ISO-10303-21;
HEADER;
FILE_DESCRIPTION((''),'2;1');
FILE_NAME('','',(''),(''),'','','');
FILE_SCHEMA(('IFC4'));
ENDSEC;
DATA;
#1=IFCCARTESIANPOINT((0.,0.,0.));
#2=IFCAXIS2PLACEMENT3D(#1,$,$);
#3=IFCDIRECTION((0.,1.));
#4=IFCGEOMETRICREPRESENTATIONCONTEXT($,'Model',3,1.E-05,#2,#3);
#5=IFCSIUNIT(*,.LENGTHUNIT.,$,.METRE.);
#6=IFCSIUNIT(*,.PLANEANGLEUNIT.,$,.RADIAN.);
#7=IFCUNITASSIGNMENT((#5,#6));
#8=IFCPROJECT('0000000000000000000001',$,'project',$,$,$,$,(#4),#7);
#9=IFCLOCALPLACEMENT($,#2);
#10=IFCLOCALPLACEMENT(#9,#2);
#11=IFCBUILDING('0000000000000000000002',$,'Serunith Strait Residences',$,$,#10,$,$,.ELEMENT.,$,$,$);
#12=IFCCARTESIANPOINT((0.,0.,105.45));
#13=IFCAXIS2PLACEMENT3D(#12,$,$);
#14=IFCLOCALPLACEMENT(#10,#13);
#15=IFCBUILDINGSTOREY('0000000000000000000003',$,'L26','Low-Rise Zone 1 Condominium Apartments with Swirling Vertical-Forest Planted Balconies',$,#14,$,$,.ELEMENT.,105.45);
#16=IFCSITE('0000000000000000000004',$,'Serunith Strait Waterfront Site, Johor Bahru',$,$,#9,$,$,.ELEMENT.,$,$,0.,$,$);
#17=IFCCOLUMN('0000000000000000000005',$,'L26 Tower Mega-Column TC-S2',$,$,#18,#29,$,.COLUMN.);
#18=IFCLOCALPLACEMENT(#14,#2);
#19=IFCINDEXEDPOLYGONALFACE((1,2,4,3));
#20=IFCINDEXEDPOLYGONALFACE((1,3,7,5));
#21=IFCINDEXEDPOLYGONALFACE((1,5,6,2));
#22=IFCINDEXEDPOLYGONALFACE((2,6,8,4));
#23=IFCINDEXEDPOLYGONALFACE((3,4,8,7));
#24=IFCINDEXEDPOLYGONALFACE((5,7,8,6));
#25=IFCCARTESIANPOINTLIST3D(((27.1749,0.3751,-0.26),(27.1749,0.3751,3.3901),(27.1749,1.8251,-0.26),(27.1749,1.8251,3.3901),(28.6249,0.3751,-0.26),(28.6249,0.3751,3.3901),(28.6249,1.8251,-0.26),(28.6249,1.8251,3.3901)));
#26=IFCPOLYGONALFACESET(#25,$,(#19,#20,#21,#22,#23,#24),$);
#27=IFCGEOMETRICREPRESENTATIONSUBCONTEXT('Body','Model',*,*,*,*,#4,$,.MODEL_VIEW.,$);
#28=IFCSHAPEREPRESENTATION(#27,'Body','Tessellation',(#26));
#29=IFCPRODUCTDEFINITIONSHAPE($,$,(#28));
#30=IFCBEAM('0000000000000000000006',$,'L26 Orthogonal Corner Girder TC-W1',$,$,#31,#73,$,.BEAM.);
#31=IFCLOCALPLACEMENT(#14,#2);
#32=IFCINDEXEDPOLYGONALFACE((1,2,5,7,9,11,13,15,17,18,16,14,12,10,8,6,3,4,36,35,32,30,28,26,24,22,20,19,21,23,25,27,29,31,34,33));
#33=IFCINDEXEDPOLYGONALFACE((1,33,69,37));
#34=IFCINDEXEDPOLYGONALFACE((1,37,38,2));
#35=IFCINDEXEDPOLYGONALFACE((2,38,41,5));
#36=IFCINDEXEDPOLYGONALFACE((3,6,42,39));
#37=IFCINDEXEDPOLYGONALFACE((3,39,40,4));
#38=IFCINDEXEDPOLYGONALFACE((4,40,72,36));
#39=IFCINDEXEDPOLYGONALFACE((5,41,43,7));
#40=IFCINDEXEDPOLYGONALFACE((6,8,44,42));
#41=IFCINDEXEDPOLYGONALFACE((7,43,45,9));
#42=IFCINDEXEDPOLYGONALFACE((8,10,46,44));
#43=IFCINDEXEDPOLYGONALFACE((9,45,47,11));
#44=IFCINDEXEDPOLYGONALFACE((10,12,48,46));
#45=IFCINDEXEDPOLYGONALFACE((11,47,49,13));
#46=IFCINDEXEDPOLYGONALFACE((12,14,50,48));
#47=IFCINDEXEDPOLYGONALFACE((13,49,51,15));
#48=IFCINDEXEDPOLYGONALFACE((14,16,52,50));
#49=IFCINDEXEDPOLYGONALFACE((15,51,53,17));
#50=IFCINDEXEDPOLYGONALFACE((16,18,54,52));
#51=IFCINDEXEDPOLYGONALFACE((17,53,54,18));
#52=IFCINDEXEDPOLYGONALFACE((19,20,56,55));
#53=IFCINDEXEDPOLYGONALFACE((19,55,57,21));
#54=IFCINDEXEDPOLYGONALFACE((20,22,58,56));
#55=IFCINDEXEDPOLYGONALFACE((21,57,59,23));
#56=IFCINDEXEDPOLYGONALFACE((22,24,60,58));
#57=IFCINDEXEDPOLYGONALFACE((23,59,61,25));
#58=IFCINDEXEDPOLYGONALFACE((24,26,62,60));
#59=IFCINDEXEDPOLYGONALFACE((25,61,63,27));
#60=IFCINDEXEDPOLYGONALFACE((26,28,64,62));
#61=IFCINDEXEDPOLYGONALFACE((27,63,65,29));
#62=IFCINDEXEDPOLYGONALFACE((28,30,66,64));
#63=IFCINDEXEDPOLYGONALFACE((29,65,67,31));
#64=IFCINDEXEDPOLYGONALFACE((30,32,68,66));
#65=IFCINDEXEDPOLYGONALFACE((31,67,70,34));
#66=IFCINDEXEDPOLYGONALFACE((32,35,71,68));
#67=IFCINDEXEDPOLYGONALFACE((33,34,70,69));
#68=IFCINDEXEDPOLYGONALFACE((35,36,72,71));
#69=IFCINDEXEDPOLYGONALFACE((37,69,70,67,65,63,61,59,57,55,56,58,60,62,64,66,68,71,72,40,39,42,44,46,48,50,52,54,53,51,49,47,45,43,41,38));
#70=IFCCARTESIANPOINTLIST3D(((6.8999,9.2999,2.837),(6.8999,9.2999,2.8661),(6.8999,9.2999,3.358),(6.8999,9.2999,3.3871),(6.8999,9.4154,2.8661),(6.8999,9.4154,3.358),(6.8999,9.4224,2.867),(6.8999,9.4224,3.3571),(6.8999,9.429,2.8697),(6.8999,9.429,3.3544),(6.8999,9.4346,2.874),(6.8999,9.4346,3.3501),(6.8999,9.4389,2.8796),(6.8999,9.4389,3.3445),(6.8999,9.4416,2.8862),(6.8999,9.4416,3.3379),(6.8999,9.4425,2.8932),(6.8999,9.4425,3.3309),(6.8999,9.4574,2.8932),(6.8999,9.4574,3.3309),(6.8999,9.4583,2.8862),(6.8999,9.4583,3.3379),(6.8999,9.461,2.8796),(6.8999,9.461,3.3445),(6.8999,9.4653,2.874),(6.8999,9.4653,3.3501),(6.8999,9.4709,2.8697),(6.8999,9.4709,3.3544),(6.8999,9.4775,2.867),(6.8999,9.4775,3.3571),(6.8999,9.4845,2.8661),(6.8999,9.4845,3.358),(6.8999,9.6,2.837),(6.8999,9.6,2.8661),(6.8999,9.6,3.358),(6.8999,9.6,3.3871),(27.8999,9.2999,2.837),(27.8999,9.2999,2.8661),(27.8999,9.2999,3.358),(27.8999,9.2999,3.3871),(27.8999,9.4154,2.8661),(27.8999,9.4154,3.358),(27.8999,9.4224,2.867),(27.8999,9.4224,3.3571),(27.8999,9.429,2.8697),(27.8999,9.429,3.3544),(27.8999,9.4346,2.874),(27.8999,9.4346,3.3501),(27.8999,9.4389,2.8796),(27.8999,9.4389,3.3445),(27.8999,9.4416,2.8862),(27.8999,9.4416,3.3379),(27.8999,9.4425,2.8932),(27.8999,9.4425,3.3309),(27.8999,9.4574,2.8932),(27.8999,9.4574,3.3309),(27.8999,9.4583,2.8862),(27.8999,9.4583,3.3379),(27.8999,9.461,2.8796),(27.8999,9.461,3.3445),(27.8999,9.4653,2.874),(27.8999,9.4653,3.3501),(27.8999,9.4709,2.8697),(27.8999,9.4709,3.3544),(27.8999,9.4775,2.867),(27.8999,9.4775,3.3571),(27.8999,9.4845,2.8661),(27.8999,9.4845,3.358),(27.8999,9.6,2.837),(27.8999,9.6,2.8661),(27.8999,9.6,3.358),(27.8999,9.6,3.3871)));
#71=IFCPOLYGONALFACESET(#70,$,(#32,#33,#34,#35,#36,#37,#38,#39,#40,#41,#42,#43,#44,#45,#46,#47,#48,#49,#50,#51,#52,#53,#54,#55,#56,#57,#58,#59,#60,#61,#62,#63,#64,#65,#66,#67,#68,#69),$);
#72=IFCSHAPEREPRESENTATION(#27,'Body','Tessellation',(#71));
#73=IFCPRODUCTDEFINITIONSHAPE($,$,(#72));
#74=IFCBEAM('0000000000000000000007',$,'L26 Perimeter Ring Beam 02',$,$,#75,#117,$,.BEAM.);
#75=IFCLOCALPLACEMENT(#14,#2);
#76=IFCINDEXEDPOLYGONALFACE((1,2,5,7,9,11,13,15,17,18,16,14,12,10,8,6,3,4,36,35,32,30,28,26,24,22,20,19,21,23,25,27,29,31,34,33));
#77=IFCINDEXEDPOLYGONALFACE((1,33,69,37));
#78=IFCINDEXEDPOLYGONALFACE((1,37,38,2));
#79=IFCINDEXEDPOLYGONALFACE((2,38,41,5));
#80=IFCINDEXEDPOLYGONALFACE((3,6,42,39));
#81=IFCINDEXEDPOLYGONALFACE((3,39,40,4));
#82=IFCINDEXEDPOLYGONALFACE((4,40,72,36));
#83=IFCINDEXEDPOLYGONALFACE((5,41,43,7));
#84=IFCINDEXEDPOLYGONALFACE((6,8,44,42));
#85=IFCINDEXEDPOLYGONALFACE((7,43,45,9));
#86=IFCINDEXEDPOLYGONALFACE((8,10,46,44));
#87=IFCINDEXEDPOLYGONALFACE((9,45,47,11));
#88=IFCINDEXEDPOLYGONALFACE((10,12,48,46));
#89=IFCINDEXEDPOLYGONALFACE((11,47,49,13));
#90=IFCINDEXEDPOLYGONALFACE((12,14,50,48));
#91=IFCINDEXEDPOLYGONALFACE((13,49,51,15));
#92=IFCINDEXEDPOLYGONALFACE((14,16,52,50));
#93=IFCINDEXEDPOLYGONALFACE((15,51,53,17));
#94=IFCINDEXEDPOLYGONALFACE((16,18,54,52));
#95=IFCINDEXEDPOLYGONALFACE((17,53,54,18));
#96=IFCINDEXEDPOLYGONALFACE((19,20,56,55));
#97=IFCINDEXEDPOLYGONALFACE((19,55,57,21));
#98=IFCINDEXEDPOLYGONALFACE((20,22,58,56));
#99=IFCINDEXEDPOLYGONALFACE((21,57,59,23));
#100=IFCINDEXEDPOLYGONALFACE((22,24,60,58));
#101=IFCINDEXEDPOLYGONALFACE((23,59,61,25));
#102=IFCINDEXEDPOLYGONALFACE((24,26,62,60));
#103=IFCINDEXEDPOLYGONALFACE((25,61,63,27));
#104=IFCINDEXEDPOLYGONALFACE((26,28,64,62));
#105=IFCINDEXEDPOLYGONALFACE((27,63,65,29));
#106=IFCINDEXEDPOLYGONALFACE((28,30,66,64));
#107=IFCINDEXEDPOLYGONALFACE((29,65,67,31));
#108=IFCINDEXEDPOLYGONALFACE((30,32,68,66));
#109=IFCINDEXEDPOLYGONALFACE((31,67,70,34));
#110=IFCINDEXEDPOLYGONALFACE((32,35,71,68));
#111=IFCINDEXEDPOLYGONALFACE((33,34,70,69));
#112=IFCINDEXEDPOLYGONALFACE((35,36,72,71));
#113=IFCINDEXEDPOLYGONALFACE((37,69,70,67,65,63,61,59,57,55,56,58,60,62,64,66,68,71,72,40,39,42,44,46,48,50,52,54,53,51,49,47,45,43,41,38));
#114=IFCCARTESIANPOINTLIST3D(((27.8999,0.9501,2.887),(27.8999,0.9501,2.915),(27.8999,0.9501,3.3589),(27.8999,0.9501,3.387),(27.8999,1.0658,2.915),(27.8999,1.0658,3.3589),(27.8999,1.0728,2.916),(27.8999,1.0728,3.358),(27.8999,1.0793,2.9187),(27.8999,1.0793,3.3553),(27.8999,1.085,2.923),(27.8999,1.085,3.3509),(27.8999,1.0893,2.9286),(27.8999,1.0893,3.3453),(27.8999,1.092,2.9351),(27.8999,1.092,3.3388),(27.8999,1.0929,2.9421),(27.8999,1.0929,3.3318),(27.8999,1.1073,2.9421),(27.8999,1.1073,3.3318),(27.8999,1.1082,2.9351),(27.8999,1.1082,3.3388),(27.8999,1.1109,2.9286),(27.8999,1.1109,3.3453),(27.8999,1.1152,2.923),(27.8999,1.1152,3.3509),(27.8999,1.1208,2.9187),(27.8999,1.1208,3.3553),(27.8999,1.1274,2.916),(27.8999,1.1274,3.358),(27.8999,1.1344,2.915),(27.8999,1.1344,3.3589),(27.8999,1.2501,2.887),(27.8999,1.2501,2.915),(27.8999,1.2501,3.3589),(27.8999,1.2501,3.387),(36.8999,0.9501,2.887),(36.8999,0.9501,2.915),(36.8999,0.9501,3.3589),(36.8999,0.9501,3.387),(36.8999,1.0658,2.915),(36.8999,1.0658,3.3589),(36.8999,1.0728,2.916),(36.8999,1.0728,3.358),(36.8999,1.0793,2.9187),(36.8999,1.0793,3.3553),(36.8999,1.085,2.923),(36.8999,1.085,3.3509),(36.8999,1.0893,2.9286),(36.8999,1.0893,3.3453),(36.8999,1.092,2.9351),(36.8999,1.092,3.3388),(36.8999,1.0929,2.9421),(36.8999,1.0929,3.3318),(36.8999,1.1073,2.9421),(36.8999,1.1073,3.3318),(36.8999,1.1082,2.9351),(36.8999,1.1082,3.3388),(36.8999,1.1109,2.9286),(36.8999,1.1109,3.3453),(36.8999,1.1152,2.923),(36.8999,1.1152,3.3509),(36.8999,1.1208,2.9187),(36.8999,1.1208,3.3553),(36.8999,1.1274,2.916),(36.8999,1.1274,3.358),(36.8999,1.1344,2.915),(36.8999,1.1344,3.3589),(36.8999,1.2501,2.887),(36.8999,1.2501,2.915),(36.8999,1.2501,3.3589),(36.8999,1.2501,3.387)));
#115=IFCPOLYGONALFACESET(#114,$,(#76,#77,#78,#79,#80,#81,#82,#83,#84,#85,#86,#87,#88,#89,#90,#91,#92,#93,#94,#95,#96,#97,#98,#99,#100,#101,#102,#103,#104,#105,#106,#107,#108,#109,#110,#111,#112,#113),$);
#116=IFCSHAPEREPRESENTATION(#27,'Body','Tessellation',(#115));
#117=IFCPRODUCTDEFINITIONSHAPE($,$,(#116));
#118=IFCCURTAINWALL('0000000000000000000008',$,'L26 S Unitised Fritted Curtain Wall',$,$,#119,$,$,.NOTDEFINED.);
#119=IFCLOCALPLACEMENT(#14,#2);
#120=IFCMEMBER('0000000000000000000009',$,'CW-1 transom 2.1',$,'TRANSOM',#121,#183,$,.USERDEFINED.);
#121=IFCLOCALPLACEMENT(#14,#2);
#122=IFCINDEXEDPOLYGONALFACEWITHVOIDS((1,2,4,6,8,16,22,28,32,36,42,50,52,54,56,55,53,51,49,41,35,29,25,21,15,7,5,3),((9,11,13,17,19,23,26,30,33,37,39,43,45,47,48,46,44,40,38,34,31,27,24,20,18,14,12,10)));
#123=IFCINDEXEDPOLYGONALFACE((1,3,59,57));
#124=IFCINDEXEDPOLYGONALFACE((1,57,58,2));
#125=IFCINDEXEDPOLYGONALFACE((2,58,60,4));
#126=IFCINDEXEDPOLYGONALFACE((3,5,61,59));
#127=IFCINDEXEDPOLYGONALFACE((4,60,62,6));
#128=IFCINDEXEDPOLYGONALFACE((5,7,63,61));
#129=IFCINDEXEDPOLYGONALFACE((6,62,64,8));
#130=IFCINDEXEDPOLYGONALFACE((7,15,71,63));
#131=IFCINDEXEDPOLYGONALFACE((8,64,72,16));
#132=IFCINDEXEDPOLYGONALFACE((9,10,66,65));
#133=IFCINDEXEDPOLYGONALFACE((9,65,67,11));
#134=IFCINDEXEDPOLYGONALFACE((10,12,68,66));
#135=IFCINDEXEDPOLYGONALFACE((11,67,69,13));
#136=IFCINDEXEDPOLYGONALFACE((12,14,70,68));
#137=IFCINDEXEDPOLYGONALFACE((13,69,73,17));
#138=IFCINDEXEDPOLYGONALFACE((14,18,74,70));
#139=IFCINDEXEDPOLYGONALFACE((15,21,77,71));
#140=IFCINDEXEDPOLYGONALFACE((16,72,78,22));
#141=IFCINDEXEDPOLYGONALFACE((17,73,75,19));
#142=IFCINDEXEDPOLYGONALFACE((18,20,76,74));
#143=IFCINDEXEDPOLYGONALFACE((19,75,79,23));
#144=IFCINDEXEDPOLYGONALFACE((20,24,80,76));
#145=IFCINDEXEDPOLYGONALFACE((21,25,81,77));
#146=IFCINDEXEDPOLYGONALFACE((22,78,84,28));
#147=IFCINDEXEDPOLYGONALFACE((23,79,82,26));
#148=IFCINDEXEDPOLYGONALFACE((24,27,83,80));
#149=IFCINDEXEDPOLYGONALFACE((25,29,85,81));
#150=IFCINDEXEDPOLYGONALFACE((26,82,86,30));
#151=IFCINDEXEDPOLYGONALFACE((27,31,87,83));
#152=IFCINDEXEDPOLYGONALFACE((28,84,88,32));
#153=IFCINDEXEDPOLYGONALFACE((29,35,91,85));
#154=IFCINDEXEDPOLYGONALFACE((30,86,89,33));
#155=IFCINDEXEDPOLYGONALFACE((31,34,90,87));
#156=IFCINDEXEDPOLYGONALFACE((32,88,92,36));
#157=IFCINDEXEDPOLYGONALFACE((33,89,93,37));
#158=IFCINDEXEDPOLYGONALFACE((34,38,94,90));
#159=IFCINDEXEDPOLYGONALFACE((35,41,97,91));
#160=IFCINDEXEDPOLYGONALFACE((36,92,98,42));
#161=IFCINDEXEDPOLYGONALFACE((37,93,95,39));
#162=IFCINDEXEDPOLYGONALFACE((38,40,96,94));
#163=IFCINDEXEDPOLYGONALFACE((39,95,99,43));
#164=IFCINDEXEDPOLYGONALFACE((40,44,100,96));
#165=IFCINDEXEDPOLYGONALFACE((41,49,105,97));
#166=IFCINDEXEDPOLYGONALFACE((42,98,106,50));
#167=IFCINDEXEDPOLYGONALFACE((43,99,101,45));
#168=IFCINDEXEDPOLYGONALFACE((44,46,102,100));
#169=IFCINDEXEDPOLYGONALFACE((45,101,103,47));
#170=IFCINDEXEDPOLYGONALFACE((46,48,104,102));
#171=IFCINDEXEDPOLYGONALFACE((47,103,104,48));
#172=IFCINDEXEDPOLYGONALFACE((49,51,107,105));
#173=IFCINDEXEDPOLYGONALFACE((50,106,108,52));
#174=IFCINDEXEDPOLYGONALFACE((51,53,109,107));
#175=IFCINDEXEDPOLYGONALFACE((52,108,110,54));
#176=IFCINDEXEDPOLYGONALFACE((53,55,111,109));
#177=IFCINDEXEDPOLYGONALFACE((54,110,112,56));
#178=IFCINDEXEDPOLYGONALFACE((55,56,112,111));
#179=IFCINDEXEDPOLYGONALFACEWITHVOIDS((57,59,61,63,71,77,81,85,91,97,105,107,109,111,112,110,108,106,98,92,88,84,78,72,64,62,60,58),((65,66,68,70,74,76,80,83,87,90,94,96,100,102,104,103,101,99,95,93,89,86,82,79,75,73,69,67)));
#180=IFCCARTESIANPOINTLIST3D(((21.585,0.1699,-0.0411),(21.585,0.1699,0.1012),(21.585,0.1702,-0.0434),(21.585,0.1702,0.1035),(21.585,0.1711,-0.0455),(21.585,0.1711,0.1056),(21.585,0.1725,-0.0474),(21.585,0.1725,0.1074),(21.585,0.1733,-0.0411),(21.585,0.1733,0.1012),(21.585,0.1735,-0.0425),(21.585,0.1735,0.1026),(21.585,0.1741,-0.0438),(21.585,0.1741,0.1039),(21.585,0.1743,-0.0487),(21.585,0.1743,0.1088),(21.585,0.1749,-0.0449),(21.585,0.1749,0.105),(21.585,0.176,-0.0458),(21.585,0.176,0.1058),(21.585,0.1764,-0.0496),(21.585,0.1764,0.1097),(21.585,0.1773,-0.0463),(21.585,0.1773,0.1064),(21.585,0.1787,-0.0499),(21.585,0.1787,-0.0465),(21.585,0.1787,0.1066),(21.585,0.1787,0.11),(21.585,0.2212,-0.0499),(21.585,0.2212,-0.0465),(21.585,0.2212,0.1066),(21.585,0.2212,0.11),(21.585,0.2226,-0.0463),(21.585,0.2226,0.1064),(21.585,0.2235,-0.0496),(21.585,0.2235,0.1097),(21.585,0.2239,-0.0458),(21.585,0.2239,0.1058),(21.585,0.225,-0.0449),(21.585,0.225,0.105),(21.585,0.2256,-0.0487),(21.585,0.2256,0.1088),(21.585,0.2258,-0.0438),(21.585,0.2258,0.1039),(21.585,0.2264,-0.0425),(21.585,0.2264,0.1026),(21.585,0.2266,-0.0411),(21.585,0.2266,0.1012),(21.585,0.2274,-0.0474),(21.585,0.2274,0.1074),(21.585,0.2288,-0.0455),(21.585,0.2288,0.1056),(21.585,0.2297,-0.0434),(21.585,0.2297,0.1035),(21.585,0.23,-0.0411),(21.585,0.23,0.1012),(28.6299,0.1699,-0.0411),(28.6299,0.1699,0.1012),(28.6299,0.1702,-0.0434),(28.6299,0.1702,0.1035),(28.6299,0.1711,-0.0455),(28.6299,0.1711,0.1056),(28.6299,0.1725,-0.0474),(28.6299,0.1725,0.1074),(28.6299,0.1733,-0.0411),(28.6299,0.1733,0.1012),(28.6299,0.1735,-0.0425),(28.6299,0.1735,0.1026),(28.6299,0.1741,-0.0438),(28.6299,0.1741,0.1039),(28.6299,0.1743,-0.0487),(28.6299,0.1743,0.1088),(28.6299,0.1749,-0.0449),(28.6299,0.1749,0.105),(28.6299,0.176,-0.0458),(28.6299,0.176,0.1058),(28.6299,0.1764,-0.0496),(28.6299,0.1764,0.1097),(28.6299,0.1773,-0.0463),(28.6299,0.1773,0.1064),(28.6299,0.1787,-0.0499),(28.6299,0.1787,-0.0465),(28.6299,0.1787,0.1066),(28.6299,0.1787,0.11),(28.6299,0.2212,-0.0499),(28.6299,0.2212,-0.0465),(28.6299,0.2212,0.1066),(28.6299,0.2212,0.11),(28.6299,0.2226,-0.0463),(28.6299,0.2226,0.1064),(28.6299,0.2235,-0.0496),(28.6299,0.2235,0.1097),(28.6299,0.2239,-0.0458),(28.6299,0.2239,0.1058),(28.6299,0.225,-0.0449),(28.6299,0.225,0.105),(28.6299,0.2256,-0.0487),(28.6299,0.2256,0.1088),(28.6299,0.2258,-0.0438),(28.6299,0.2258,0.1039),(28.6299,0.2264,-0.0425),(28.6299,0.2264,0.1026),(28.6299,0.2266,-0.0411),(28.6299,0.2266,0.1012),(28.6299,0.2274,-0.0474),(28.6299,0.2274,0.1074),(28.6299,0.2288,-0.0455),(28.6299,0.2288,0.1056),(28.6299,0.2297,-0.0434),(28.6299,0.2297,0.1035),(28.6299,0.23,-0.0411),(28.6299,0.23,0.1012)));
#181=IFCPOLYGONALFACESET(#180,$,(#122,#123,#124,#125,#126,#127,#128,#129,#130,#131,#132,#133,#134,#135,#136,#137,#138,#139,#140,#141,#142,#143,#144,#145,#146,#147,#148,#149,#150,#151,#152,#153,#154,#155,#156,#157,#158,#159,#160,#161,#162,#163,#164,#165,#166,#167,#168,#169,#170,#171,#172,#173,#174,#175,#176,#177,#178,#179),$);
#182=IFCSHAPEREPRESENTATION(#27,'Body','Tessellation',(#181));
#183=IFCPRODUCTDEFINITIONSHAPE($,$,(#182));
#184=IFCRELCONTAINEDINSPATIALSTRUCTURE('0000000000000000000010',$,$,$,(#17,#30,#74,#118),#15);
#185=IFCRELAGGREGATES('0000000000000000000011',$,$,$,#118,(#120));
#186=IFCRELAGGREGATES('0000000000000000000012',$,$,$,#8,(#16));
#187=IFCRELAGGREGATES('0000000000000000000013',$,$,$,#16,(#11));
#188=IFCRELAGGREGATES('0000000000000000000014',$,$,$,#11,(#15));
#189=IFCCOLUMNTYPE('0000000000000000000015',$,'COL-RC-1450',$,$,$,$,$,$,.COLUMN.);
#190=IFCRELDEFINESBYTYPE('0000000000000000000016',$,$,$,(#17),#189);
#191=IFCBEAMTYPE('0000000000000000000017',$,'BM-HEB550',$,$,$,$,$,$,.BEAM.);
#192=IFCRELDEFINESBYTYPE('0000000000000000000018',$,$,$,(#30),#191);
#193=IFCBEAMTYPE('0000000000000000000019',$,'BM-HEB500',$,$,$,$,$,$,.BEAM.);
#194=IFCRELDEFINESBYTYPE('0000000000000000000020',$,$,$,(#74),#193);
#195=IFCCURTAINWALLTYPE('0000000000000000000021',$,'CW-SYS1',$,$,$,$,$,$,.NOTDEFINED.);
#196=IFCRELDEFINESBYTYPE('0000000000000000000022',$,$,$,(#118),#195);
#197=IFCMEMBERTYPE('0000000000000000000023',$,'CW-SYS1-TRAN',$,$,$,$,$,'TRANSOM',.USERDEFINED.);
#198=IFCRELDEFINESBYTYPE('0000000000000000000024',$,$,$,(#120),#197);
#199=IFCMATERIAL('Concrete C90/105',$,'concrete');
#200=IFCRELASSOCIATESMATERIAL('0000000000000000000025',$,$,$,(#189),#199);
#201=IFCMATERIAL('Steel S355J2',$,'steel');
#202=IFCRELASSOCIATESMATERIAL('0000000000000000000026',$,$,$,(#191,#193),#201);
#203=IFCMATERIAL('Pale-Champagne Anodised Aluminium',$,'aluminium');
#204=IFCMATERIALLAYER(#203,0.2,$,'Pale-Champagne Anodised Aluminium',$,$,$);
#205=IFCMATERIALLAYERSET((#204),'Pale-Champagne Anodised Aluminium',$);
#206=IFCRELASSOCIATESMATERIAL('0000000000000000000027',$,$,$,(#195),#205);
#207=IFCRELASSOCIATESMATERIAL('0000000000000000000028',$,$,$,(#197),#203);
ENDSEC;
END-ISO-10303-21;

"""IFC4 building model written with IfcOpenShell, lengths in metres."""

from ifc_helpers import new_model, si_unit, direction, frame, origin, origin_2d, place, context, subcontext, project, spatial, rectangle, hollow_rectangle, i_section, extrude, source, transform, mapped, material, layer, layer_set, material_profile, profile_set, type_object, element, aggregate, save


model = new_model("IFC4")

# Units and contexts
model_context = context("Model", 3, precision=1e-05, world=origin(), true_north=direction((0.0, 1.0)))
body_context = subcontext(model_context, "Body", "Model", "MODEL_VIEW")
ifc_project = project(units=[si_unit("LENGTHUNIT", "METRE"), si_unit("PLANEANGLEUNIT", "RADIAN")], contexts=[model_context])

# Site, building, storey
site_placement = place(None, origin())
site = spatial("IfcSite", under=ifc_project, at=site_placement, Name="Serunith Strait Waterfront Site, Johor Bahru", CompositionType="ELEMENT", RefElevation=0.0)
building_placement = place(site_placement, origin())
building = spatial("IfcBuilding", under=site, at=building_placement, Name="Serunith Strait Residences", CompositionType="ELEMENT")
storey_placement = place(building_placement, frame((0.0, 0.0, 105.45)))
storey = spatial("IfcBuildingStorey", under=building, at=storey_placement, Name="L26", Description="Low-Rise Zone 1 Condominium Apartments with Swirling Vertical-Forest Planted Balconies", CompositionType="ELEMENT", Elevation=105.45)

# Column
ifc_material_1 = material(Name="Concrete C90/105", Category="concrete")
ifc_material_profile_1 = material_profile(ifc_material_1, rectangle(XDim=1.45, YDim=1.45, at=origin_2d()), Name="RC 1450x1450")
ifc_profile_set_1 = profile_set([ifc_material_profile_1], Name="Concrete C90/105")
column_type = type_object("IfcColumnType", Name="COL-RC-1450", PredefinedType="COLUMN", material=ifc_profile_set_1)
shared_shape_1 = source(origin(), body_context, "Body", "SweptSolid", [
    extrude(rectangle(XDim=1.45, YDim=1.45, at=origin_2d()), origin(), (0.0, 0.0, 1.0), 3.6501),
])
column_placement = place(storey_placement, frame((27.8999, 1.1001, -0.26), z_axis=(0.0, 0.0, 1.0), x_axis=(1.0, 0.0, 0.0)))
element("IfcColumn", 1, at=column_placement, inside=storey, type_object=column_type, Name="L26 Tower Mega-Column TC-S2", PredefinedType="COLUMN", context=body_context, shape_type="MappedRepresentation", body=[
    mapped(shared_shape_1, transform((0.0, 0.0, 0.0), scale=1.0)),
])

# Beams
ifc_material_2 = material(Name="Steel S355J2", Category="steel")
ifc_material_profile_2 = material_profile(ifc_material_2, i_section(OverallWidth=0.3, OverallDepth=0.55, WebThickness=0.0149, FlangeThickness=0.0291, FilletRadius=0.0271, at=origin_2d()), Name="HEB 550")
ifc_profile_set_2 = profile_set([ifc_material_profile_2], Name="Steel S355J2")
beam_type_1 = type_object("IfcBeamType", Name="BM-HEB550", PredefinedType="BEAM", material=ifc_profile_set_2)
shared_shape_2 = source(origin(), body_context, "Body", "SweptSolid", [
    extrude(i_section(OverallWidth=0.3, OverallDepth=0.55, WebThickness=0.0149, FlangeThickness=0.0291, FilletRadius=0.0271, at=origin_2d()), origin(), (0.0, 0.0, 1.0), 21.0),
])
beam_1_placement = place(storey_placement, frame((27.8999, 9.45, 3.1121), z_axis=(-1.0, 0.0, 0.0), x_axis=(0.0, -1.0, 0.0)))
element("IfcBeam", 2, at=beam_1_placement, inside=storey, type_object=beam_type_1, Name="L26 Orthogonal Corner Girder TC-W1", PredefinedType="BEAM", context=body_context, shape_type="MappedRepresentation", body=[
    mapped(shared_shape_2, transform((0.0, 0.0, 0.0), scale=1.0)),
])
ifc_material_profile_3 = material_profile(ifc_material_2, i_section(OverallWidth=0.3, OverallDepth=0.5, WebThickness=0.0144, FlangeThickness=0.0281, FilletRadius=0.0271, at=origin_2d()), Name="HEB 500")
ifc_profile_set_3 = profile_set([ifc_material_profile_3], Name="Steel S355J2")
beam_type_2 = type_object("IfcBeamType", Name="BM-HEB500", PredefinedType="BEAM", material=ifc_profile_set_3)
shared_shape_3 = source(origin(), body_context, "Body", "SweptSolid", [
    extrude(i_section(OverallWidth=0.3, OverallDepth=0.5, WebThickness=0.0144, FlangeThickness=0.0281, FilletRadius=0.0271, at=origin_2d()), origin(), (0.0, 0.0, 1.0), 9.0),
])
beam_2_placement = place(storey_placement, frame((27.8999, 1.1001, 3.137), z_axis=(1.0, 0.0, 0.0), x_axis=(0.0, 1.0, 0.0)))
element("IfcBeam", 3, at=beam_2_placement, inside=storey, type_object=beam_type_2, Name="L26 Perimeter Ring Beam 02", PredefinedType="BEAM", context=body_context, shape_type="MappedRepresentation", body=[
    mapped(shared_shape_3, transform((0.0, 0.0, 0.0), scale=1.0)),
])

# Curtain wall, member
ifc_material_3 = material(Name="Pale-Champagne Anodised Aluminium", Category="aluminium")
ifc_layer_1 = layer(ifc_material_3, 0.2, Name="Pale-Champagne Anodised Aluminium")
ifc_layer_set_1 = layer_set([ifc_layer_1], Name="Pale-Champagne Anodised Aluminium")
curtain_wall_type = type_object("IfcCurtainWallType", Name="CW-SYS1", PredefinedType="NOTDEFINED", material=ifc_layer_set_1)
curtain_wall_placement = place(storey_placement, origin())
curtain_wall = element("IfcCurtainWall", 4, at=curtain_wall_placement, inside=storey, type_object=curtain_wall_type, Name="L26 S Unitised Fritted Curtain Wall", PredefinedType="NOTDEFINED")
ifc_material_profile_4 = material_profile(ifc_material_3, hollow_rectangle(XDim=0.0601, YDim=0.1599, WallThickness=0.0034, InnerFilletRadius=0.0054, OuterFilletRadius=0.0088, at=origin_2d()), Name="ALU 160x60x3.5")
ifc_profile_set_4 = profile_set([ifc_material_profile_4], Name="Pale-Champagne Anodised Aluminium")
member_type_1 = type_object("IfcMemberType", Name="CW-SYS1-TRAN", ElementType="TRANSOM", PredefinedType="USERDEFINED", material=ifc_profile_set_4)
shared_shape_4 = source(origin(), body_context, "Body", "SweptSolid", [
    extrude(hollow_rectangle(XDim=0.0601, YDim=0.1599, WallThickness=0.0034, InnerFilletRadius=0.0054, OuterFilletRadius=0.0088, at=origin_2d()), origin(), (0.0, 0.0, 1.0), 7.0449),
])
member_1_placement = place(storey_placement, frame((21.585, 0.2, 0.03), z_axis=(1.0, 0.0, 0.0), x_axis=(0.0, 1.0, 0.0)))
member_1 = element("IfcMember", 5, at=member_1_placement, type_object=member_type_1, Name="CW-1 transom 2.1", ObjectType="TRANSOM", PredefinedType="USERDEFINED", context=body_context, shape_type="MappedRepresentation", body=[
    mapped(shared_shape_4, transform((0.0, 0.0, 0.0), scale=1.0)),
])
aggregate(curtain_wall, [member_1])

save(model, "model.ifc")
